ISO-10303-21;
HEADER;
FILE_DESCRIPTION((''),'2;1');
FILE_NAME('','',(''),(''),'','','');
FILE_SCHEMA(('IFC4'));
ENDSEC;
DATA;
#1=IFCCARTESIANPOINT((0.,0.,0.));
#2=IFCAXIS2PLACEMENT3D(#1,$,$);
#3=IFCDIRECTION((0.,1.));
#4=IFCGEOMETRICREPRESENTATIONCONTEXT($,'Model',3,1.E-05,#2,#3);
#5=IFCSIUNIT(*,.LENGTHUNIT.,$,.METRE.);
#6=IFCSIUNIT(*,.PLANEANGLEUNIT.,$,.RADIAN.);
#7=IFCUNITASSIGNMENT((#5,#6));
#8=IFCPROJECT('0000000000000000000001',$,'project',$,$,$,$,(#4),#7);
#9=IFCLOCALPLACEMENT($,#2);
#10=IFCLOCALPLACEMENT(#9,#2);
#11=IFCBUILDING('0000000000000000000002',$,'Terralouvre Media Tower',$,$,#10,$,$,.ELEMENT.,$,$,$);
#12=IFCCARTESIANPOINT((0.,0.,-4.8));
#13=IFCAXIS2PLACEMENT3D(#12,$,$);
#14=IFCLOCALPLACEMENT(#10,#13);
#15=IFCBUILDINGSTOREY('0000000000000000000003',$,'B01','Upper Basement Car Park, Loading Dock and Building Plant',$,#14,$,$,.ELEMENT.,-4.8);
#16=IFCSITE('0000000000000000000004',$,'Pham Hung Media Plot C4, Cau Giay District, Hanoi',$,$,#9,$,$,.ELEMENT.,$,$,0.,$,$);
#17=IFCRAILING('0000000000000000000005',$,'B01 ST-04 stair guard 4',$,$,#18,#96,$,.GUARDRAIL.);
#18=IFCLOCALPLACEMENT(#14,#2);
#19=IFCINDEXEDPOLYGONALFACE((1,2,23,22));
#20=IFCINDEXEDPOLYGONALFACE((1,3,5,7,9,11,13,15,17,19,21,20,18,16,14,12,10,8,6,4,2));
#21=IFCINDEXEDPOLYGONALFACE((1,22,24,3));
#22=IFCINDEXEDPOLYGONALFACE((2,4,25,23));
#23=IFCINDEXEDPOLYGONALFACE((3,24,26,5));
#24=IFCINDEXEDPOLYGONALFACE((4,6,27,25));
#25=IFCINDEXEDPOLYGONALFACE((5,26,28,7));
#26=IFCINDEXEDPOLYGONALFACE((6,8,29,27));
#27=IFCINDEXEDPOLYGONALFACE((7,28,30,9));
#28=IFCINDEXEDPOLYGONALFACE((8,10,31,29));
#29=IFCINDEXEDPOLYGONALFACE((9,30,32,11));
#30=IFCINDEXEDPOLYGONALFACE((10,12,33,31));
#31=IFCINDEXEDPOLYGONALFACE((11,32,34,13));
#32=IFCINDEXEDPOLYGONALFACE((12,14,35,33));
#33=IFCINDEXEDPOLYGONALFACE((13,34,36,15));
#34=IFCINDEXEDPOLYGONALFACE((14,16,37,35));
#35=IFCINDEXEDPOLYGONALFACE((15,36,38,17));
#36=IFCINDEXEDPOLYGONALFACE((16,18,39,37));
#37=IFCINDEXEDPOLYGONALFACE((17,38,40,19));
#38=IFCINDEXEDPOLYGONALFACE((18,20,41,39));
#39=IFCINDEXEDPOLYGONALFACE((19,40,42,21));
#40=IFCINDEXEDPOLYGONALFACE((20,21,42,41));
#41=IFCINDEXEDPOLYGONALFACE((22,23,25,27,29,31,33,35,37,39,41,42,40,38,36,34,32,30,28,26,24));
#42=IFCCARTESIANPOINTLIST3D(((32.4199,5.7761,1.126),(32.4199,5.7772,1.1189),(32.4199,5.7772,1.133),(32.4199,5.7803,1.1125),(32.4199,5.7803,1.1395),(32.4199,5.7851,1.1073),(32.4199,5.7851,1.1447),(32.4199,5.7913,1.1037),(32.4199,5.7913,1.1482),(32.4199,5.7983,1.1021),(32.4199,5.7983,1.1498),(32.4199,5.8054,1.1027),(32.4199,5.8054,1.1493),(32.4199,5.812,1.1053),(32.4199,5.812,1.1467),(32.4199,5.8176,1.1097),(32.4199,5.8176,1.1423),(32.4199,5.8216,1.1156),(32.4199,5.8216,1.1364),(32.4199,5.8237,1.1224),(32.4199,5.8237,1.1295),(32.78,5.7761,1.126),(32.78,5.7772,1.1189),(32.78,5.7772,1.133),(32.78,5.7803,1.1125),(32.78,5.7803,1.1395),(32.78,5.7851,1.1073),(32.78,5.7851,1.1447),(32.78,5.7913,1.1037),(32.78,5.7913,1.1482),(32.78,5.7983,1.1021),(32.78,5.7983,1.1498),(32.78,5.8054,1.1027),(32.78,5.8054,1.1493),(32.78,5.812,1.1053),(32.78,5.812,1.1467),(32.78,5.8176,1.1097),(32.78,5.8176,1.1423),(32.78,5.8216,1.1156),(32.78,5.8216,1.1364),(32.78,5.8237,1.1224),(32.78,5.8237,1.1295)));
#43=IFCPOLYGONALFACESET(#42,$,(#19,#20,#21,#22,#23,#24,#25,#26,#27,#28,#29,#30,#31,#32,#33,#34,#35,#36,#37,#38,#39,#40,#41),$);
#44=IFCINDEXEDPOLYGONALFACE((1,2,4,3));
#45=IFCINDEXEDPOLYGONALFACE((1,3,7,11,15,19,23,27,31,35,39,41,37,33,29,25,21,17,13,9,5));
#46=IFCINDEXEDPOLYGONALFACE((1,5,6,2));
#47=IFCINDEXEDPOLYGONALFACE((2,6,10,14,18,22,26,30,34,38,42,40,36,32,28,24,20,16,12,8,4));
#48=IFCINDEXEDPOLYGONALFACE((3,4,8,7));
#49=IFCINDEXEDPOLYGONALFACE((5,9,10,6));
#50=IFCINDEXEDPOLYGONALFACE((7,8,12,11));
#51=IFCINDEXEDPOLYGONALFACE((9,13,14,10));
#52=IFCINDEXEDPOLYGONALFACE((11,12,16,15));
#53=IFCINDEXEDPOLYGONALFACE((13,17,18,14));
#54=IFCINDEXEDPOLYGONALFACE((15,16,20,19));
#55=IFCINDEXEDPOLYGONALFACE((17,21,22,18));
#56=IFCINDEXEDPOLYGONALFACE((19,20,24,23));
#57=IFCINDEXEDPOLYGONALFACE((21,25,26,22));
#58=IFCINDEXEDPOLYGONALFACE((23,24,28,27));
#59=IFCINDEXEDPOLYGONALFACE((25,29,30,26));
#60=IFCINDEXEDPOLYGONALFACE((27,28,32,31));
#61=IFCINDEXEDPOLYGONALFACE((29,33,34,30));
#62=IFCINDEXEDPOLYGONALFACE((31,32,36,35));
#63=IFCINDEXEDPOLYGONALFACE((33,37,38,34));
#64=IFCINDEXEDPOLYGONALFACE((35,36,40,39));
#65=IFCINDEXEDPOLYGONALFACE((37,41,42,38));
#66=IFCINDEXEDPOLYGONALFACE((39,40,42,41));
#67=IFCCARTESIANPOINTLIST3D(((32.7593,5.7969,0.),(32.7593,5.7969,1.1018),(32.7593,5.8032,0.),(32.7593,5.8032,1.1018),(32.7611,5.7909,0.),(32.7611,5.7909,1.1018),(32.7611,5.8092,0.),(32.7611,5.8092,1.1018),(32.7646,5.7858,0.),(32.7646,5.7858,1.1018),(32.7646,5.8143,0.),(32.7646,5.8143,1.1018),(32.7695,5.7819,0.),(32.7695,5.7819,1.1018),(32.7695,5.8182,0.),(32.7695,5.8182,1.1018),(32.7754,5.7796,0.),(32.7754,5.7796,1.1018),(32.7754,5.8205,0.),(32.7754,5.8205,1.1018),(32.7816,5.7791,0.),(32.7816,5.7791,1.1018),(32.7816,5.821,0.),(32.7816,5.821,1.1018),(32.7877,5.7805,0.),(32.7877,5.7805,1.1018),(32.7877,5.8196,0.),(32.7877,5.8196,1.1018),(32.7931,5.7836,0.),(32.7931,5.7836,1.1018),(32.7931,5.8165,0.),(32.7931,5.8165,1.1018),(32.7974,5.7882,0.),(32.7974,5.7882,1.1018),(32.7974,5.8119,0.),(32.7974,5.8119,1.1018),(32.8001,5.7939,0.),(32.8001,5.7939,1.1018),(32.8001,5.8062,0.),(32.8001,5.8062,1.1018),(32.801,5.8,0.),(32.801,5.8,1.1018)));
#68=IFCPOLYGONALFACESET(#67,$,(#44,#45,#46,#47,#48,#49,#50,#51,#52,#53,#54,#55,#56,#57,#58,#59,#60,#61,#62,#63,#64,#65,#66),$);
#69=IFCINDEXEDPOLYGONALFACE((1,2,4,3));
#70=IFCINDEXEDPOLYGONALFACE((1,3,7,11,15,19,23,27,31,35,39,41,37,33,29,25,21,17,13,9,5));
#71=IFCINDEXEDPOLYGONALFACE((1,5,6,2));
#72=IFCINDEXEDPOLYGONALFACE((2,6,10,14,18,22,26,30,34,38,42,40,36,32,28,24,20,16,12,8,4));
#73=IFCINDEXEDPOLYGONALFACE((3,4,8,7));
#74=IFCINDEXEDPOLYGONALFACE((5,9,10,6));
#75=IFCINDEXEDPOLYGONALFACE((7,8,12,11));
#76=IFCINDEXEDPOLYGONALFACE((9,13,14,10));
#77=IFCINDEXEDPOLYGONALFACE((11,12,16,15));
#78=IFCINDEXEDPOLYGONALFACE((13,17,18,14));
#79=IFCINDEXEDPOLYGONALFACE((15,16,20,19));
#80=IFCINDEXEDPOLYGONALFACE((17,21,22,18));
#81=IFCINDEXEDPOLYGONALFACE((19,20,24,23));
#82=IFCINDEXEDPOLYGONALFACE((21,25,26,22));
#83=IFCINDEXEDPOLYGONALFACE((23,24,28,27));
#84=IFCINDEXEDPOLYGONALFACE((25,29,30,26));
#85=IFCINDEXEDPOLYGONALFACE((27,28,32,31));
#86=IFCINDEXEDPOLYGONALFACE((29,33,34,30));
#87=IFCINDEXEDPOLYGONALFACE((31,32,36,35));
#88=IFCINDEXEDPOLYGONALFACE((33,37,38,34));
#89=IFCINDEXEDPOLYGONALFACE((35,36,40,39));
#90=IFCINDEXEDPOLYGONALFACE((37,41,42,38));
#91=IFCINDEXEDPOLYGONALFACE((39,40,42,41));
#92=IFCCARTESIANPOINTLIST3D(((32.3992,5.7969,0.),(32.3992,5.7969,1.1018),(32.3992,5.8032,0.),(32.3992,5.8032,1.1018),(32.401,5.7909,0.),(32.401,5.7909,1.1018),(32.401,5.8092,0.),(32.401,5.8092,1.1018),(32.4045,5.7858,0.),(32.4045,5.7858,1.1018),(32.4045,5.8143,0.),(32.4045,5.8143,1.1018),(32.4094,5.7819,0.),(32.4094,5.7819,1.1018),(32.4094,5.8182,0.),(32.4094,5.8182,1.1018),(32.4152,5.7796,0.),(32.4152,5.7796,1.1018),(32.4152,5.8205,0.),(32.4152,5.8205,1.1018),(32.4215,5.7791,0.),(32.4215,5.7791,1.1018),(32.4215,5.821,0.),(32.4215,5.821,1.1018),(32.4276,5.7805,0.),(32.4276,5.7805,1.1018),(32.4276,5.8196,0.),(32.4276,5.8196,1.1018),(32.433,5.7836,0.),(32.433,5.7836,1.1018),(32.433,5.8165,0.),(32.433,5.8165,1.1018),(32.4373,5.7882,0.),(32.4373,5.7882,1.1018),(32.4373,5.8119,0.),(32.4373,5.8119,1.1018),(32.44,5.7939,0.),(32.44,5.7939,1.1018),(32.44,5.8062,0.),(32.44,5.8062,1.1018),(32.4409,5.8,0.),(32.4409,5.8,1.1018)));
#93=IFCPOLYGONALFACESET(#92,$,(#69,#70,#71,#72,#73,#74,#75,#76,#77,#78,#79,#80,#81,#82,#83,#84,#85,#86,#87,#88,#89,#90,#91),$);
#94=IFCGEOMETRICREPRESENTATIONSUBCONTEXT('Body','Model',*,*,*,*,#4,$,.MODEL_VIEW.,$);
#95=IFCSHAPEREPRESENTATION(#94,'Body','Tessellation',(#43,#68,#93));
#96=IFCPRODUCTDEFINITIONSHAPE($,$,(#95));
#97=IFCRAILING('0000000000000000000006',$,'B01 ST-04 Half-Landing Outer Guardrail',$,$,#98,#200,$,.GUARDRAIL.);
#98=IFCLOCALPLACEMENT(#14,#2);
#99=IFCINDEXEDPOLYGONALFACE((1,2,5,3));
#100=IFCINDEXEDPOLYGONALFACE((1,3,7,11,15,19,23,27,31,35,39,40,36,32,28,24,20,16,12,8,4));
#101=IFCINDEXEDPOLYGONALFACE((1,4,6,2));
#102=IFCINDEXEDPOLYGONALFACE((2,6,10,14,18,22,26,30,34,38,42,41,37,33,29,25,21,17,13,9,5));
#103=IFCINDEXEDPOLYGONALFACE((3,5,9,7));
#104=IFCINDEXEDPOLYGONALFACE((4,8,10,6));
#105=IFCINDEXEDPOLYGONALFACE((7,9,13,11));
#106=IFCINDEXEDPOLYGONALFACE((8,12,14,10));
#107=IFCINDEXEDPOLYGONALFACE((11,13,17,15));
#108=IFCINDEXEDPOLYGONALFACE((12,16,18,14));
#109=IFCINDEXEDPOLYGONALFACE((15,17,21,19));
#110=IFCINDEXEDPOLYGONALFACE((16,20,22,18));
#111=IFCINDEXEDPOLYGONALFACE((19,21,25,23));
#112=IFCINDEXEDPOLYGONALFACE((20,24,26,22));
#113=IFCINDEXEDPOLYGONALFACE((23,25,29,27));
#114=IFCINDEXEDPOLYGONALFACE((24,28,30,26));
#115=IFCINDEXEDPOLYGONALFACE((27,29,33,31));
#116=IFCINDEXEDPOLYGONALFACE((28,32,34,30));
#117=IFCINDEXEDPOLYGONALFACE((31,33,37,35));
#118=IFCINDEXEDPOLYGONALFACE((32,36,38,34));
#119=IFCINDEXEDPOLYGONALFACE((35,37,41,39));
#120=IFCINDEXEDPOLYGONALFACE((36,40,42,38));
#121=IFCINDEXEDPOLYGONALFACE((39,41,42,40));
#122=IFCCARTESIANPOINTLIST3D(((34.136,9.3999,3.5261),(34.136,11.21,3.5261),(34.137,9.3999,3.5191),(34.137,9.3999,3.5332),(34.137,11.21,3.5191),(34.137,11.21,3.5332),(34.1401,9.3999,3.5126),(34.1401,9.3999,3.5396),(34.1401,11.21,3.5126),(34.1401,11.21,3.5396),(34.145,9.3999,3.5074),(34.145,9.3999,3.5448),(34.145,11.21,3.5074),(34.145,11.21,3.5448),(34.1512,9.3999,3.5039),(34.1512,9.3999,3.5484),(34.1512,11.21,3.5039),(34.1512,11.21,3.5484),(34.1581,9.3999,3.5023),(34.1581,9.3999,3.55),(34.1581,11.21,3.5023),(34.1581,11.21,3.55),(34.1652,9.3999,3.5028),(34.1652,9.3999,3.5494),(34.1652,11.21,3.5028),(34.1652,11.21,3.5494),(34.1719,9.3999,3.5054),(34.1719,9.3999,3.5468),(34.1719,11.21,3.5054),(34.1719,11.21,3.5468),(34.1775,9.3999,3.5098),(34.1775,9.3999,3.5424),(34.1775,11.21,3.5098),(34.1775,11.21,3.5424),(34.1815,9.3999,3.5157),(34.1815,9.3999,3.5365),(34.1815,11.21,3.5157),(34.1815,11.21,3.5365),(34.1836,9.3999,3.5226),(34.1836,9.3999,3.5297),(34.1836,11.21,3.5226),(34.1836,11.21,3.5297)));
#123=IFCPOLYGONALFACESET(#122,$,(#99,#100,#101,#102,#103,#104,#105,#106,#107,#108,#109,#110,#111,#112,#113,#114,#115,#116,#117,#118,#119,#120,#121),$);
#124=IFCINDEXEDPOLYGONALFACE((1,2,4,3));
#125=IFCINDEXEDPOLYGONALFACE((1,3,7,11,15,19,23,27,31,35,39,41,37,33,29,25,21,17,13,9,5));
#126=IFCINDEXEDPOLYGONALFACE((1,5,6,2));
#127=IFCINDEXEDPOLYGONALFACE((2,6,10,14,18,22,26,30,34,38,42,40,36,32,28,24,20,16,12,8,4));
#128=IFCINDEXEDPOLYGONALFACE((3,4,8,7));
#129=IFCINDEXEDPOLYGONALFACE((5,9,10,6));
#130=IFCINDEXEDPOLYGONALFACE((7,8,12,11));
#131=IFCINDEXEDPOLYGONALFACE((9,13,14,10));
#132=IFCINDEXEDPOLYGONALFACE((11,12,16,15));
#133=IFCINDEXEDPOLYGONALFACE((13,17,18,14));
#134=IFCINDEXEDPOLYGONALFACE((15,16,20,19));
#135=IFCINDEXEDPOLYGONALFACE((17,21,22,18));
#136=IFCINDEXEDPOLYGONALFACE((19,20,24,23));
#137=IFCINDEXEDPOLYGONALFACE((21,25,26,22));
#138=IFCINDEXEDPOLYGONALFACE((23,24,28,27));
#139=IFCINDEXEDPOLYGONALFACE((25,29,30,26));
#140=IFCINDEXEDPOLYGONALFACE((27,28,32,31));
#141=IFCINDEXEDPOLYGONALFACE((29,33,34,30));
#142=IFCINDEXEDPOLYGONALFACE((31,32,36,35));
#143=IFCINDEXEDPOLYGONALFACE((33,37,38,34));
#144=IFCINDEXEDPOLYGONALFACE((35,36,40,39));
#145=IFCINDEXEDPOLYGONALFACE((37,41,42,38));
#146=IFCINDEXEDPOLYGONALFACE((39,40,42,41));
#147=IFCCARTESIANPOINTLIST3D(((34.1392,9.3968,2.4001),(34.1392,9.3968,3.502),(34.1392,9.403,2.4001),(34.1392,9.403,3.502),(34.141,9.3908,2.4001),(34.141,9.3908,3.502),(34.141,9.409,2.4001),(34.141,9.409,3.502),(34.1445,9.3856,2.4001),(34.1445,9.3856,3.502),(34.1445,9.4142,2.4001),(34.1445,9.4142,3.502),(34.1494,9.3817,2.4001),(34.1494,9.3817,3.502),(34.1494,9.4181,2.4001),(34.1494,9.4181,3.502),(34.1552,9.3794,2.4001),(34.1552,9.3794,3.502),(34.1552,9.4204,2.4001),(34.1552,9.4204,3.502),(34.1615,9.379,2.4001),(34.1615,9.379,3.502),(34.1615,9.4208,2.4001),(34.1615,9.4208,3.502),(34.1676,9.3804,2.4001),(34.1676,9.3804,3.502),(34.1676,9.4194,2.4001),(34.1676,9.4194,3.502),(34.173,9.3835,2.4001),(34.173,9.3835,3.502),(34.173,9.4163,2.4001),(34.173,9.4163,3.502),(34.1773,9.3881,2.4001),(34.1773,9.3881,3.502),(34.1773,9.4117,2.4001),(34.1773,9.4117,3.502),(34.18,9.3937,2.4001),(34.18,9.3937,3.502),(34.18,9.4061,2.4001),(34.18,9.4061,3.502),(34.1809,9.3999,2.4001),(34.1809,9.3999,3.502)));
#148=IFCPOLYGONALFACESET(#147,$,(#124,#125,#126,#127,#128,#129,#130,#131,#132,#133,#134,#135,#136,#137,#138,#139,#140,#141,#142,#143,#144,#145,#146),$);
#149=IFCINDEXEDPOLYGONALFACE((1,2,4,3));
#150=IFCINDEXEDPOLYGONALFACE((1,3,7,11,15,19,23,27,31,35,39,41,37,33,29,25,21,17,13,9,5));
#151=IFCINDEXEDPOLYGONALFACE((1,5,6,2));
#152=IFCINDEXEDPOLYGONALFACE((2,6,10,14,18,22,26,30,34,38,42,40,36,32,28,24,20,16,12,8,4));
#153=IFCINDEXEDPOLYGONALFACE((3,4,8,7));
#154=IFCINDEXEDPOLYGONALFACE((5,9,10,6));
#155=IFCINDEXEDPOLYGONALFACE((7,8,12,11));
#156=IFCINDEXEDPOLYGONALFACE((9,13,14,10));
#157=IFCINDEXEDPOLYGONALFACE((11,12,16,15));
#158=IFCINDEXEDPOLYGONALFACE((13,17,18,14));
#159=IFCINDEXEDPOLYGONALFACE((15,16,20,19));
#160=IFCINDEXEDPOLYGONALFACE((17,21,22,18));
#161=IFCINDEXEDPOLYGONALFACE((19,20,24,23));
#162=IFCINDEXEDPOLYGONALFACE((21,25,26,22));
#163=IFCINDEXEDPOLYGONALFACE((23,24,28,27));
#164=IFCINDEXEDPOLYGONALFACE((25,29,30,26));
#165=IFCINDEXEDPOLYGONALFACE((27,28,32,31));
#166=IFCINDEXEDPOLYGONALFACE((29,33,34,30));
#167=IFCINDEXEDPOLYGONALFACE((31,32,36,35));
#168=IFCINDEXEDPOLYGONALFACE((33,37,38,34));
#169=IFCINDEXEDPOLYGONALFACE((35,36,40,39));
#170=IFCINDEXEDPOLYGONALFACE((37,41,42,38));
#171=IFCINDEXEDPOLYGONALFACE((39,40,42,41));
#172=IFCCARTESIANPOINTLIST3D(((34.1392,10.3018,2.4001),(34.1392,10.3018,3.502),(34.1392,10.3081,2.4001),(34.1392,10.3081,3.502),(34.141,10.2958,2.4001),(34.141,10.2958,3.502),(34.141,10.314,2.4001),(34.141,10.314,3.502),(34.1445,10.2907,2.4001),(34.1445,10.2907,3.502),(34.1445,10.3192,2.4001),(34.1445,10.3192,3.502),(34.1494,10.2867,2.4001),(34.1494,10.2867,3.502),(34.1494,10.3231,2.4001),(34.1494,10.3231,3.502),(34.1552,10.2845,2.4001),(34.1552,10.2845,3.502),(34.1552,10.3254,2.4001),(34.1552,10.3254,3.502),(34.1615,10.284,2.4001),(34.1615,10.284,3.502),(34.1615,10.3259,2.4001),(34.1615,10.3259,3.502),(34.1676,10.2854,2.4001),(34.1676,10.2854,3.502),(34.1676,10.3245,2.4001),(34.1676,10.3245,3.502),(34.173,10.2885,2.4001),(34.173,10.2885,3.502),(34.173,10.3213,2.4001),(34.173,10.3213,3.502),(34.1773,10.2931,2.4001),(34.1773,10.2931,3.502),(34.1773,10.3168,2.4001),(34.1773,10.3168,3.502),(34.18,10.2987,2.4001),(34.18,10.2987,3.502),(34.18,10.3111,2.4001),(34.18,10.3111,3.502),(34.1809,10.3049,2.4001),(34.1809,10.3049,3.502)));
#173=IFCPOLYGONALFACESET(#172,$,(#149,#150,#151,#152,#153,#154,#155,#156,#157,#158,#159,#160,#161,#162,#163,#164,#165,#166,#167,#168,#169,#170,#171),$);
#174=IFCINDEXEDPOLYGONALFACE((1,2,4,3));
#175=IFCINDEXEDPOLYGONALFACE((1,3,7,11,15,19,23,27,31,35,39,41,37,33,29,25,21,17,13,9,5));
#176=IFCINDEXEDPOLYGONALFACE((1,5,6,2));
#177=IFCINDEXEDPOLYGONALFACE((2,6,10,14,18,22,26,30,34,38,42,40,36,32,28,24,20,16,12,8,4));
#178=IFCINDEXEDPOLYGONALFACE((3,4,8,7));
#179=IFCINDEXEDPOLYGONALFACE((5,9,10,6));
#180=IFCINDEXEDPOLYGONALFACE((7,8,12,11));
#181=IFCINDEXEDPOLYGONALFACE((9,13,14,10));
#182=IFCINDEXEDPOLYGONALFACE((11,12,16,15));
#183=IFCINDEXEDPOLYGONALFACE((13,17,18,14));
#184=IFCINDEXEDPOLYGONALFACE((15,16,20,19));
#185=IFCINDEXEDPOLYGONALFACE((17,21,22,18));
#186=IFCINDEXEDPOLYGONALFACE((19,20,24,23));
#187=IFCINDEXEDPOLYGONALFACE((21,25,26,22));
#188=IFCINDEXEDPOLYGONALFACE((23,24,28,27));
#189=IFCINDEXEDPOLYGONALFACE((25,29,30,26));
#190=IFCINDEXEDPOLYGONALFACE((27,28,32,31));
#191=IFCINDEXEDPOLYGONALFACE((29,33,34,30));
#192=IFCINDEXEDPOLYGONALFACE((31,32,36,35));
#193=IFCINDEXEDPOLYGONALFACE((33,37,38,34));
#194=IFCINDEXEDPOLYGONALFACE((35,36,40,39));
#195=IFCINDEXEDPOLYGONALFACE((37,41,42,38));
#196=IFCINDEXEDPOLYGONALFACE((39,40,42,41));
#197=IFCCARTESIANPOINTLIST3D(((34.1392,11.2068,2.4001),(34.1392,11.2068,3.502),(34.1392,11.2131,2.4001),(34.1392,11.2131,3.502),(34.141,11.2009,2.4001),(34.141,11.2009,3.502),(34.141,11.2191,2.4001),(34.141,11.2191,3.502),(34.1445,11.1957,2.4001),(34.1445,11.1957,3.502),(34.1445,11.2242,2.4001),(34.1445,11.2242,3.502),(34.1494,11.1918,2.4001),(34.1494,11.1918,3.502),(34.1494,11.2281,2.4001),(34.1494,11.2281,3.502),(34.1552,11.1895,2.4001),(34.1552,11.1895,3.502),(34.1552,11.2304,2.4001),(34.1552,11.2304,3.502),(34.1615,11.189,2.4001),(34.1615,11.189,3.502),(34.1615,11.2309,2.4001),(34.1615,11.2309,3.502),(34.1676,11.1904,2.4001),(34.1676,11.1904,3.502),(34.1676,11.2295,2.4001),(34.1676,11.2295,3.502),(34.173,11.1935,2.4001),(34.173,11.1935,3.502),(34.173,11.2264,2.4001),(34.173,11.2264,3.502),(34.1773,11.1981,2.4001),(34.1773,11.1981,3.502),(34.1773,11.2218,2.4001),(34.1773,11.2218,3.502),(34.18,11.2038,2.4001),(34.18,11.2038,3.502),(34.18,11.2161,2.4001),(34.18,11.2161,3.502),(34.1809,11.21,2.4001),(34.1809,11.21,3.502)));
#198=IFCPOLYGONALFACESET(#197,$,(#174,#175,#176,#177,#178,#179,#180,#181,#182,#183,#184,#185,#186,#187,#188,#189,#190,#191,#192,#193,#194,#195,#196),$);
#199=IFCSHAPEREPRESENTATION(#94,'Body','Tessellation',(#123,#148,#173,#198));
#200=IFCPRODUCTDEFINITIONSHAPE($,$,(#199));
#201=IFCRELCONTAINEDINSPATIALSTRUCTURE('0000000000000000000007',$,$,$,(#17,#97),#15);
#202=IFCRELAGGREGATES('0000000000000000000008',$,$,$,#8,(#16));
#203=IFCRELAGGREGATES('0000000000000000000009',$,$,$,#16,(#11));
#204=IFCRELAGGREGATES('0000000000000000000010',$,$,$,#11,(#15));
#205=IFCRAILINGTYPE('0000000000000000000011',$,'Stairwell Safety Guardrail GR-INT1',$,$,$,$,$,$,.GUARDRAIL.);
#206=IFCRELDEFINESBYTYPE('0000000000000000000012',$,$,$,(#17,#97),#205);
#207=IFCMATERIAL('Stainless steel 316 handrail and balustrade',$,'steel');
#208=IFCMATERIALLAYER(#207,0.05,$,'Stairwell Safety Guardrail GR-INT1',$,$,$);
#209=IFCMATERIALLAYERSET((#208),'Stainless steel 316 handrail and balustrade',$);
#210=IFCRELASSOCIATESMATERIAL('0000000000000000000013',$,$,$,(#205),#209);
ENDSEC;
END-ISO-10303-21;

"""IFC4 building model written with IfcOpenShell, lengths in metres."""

from ifc_helpers import new_model, si_unit, direction, frame, origin, origin_2d, place, context, subcontext, project, spatial, circle, extrude, material, layer, layer_set, type_object, element, save


model = new_model("IFC4")

# Units and contexts
model_context = context("Model", 3, precision=1e-05, world=origin(), true_north=direction((0.0, 1.0)))
body_context = subcontext(model_context, "Body", "Model", "MODEL_VIEW")
ifc_project = project(units=[si_unit("LENGTHUNIT", "METRE"), si_unit("PLANEANGLEUNIT", "RADIAN")], contexts=[model_context])

# Site, building, storey
site_placement = place(None, origin())
site = spatial("IfcSite", under=ifc_project, at=site_placement, Name="Pham Hung Media Plot C4, Cau Giay District, Hanoi", CompositionType="ELEMENT", RefElevation=0.0)
building_placement = place(site_placement, origin())
building = spatial("IfcBuilding", under=site, at=building_placement, Name="Terralouvre Media Tower", CompositionType="ELEMENT")
storey_placement = place(building_placement, frame((0.0, 0.0, -4.8)))
storey = spatial("IfcBuildingStorey", under=building, at=storey_placement, Name="B01", Description="Upper Basement Car Park, Loading Dock and Building Plant", CompositionType="ELEMENT", Elevation=-4.8)

# Railings
ifc_material_1 = material(Name="Stainless steel 316 handrail and balustrade", Category="steel")
ifc_layer_1 = layer(ifc_material_1, 0.05, Name="Stairwell Safety Guardrail GR-INT1")
ifc_layer_set_1 = layer_set([ifc_layer_1], Name="Stainless steel 316 handrail and balustrade")
railing_type_1 = type_object("IfcRailingType", Name="Stairwell Safety Guardrail GR-INT1", PredefinedType="GUARDRAIL", material=ifc_layer_set_1)
railing_1_placement = place(storey_placement, frame((32.78, 5.8, 0.0)))
element("IfcRailing", 1, at=railing_1_placement, inside=storey, type_object=railing_type_1, Name="B01 ST-04 stair guard 4", PredefinedType="GUARDRAIL", context=body_context, shape_type="SweptSolid", body=[
    extrude(circle(Radius=0.0239, at=origin_2d()), frame((0.0, 0.0, 1.126), z_axis=(-1.0, 0.0, 0.0), x_axis=(0.0, -1.0, 0.0)), (0.0, 0.0, 1.0), 0.3601),
    extrude(circle(Radius=0.021, at=origin_2d()), origin(), (0.0, 0.0, 1.0), 1.1018),
    extrude(circle(Radius=0.021, at=origin_2d()), frame((-0.3601, 0.0, 0.0)), (0.0, 0.0, 1.0), 1.1018),
])
railing_2_placement = place(storey_placement, frame((34.1599, 9.3999, 2.4001)))
element("IfcRailing", 2, at=railing_2_placement, inside=storey, type_object=railing_type_1, Name="B01 ST-04 Half-Landing Outer Guardrail", PredefinedType="GUARDRAIL", context=body_context, shape_type="SweptSolid", body=[
    extrude(circle(Radius=0.0239, at=origin_2d()), frame((0.0, 0.0, 1.126), z_axis=(0.0, 1.0, 0.0), x_axis=(-1.0, 0.0, 0.0)), (0.0, 0.0, 1.0), 1.8101),
    extrude(circle(Radius=0.021, at=origin_2d()), origin(), (0.0, 0.0, 1.0), 1.1018),
    extrude(circle(Radius=0.021, at=origin_2d()), frame((0.0, 0.905, 0.0)), (0.0, 0.0, 1.0), 1.1018),
    extrude(circle(Radius=0.021, at=origin_2d()), frame((0.0, 1.8101, 0.0)), (0.0, 0.0, 1.0), 1.1018),
])

save(model, "model.ifc")
